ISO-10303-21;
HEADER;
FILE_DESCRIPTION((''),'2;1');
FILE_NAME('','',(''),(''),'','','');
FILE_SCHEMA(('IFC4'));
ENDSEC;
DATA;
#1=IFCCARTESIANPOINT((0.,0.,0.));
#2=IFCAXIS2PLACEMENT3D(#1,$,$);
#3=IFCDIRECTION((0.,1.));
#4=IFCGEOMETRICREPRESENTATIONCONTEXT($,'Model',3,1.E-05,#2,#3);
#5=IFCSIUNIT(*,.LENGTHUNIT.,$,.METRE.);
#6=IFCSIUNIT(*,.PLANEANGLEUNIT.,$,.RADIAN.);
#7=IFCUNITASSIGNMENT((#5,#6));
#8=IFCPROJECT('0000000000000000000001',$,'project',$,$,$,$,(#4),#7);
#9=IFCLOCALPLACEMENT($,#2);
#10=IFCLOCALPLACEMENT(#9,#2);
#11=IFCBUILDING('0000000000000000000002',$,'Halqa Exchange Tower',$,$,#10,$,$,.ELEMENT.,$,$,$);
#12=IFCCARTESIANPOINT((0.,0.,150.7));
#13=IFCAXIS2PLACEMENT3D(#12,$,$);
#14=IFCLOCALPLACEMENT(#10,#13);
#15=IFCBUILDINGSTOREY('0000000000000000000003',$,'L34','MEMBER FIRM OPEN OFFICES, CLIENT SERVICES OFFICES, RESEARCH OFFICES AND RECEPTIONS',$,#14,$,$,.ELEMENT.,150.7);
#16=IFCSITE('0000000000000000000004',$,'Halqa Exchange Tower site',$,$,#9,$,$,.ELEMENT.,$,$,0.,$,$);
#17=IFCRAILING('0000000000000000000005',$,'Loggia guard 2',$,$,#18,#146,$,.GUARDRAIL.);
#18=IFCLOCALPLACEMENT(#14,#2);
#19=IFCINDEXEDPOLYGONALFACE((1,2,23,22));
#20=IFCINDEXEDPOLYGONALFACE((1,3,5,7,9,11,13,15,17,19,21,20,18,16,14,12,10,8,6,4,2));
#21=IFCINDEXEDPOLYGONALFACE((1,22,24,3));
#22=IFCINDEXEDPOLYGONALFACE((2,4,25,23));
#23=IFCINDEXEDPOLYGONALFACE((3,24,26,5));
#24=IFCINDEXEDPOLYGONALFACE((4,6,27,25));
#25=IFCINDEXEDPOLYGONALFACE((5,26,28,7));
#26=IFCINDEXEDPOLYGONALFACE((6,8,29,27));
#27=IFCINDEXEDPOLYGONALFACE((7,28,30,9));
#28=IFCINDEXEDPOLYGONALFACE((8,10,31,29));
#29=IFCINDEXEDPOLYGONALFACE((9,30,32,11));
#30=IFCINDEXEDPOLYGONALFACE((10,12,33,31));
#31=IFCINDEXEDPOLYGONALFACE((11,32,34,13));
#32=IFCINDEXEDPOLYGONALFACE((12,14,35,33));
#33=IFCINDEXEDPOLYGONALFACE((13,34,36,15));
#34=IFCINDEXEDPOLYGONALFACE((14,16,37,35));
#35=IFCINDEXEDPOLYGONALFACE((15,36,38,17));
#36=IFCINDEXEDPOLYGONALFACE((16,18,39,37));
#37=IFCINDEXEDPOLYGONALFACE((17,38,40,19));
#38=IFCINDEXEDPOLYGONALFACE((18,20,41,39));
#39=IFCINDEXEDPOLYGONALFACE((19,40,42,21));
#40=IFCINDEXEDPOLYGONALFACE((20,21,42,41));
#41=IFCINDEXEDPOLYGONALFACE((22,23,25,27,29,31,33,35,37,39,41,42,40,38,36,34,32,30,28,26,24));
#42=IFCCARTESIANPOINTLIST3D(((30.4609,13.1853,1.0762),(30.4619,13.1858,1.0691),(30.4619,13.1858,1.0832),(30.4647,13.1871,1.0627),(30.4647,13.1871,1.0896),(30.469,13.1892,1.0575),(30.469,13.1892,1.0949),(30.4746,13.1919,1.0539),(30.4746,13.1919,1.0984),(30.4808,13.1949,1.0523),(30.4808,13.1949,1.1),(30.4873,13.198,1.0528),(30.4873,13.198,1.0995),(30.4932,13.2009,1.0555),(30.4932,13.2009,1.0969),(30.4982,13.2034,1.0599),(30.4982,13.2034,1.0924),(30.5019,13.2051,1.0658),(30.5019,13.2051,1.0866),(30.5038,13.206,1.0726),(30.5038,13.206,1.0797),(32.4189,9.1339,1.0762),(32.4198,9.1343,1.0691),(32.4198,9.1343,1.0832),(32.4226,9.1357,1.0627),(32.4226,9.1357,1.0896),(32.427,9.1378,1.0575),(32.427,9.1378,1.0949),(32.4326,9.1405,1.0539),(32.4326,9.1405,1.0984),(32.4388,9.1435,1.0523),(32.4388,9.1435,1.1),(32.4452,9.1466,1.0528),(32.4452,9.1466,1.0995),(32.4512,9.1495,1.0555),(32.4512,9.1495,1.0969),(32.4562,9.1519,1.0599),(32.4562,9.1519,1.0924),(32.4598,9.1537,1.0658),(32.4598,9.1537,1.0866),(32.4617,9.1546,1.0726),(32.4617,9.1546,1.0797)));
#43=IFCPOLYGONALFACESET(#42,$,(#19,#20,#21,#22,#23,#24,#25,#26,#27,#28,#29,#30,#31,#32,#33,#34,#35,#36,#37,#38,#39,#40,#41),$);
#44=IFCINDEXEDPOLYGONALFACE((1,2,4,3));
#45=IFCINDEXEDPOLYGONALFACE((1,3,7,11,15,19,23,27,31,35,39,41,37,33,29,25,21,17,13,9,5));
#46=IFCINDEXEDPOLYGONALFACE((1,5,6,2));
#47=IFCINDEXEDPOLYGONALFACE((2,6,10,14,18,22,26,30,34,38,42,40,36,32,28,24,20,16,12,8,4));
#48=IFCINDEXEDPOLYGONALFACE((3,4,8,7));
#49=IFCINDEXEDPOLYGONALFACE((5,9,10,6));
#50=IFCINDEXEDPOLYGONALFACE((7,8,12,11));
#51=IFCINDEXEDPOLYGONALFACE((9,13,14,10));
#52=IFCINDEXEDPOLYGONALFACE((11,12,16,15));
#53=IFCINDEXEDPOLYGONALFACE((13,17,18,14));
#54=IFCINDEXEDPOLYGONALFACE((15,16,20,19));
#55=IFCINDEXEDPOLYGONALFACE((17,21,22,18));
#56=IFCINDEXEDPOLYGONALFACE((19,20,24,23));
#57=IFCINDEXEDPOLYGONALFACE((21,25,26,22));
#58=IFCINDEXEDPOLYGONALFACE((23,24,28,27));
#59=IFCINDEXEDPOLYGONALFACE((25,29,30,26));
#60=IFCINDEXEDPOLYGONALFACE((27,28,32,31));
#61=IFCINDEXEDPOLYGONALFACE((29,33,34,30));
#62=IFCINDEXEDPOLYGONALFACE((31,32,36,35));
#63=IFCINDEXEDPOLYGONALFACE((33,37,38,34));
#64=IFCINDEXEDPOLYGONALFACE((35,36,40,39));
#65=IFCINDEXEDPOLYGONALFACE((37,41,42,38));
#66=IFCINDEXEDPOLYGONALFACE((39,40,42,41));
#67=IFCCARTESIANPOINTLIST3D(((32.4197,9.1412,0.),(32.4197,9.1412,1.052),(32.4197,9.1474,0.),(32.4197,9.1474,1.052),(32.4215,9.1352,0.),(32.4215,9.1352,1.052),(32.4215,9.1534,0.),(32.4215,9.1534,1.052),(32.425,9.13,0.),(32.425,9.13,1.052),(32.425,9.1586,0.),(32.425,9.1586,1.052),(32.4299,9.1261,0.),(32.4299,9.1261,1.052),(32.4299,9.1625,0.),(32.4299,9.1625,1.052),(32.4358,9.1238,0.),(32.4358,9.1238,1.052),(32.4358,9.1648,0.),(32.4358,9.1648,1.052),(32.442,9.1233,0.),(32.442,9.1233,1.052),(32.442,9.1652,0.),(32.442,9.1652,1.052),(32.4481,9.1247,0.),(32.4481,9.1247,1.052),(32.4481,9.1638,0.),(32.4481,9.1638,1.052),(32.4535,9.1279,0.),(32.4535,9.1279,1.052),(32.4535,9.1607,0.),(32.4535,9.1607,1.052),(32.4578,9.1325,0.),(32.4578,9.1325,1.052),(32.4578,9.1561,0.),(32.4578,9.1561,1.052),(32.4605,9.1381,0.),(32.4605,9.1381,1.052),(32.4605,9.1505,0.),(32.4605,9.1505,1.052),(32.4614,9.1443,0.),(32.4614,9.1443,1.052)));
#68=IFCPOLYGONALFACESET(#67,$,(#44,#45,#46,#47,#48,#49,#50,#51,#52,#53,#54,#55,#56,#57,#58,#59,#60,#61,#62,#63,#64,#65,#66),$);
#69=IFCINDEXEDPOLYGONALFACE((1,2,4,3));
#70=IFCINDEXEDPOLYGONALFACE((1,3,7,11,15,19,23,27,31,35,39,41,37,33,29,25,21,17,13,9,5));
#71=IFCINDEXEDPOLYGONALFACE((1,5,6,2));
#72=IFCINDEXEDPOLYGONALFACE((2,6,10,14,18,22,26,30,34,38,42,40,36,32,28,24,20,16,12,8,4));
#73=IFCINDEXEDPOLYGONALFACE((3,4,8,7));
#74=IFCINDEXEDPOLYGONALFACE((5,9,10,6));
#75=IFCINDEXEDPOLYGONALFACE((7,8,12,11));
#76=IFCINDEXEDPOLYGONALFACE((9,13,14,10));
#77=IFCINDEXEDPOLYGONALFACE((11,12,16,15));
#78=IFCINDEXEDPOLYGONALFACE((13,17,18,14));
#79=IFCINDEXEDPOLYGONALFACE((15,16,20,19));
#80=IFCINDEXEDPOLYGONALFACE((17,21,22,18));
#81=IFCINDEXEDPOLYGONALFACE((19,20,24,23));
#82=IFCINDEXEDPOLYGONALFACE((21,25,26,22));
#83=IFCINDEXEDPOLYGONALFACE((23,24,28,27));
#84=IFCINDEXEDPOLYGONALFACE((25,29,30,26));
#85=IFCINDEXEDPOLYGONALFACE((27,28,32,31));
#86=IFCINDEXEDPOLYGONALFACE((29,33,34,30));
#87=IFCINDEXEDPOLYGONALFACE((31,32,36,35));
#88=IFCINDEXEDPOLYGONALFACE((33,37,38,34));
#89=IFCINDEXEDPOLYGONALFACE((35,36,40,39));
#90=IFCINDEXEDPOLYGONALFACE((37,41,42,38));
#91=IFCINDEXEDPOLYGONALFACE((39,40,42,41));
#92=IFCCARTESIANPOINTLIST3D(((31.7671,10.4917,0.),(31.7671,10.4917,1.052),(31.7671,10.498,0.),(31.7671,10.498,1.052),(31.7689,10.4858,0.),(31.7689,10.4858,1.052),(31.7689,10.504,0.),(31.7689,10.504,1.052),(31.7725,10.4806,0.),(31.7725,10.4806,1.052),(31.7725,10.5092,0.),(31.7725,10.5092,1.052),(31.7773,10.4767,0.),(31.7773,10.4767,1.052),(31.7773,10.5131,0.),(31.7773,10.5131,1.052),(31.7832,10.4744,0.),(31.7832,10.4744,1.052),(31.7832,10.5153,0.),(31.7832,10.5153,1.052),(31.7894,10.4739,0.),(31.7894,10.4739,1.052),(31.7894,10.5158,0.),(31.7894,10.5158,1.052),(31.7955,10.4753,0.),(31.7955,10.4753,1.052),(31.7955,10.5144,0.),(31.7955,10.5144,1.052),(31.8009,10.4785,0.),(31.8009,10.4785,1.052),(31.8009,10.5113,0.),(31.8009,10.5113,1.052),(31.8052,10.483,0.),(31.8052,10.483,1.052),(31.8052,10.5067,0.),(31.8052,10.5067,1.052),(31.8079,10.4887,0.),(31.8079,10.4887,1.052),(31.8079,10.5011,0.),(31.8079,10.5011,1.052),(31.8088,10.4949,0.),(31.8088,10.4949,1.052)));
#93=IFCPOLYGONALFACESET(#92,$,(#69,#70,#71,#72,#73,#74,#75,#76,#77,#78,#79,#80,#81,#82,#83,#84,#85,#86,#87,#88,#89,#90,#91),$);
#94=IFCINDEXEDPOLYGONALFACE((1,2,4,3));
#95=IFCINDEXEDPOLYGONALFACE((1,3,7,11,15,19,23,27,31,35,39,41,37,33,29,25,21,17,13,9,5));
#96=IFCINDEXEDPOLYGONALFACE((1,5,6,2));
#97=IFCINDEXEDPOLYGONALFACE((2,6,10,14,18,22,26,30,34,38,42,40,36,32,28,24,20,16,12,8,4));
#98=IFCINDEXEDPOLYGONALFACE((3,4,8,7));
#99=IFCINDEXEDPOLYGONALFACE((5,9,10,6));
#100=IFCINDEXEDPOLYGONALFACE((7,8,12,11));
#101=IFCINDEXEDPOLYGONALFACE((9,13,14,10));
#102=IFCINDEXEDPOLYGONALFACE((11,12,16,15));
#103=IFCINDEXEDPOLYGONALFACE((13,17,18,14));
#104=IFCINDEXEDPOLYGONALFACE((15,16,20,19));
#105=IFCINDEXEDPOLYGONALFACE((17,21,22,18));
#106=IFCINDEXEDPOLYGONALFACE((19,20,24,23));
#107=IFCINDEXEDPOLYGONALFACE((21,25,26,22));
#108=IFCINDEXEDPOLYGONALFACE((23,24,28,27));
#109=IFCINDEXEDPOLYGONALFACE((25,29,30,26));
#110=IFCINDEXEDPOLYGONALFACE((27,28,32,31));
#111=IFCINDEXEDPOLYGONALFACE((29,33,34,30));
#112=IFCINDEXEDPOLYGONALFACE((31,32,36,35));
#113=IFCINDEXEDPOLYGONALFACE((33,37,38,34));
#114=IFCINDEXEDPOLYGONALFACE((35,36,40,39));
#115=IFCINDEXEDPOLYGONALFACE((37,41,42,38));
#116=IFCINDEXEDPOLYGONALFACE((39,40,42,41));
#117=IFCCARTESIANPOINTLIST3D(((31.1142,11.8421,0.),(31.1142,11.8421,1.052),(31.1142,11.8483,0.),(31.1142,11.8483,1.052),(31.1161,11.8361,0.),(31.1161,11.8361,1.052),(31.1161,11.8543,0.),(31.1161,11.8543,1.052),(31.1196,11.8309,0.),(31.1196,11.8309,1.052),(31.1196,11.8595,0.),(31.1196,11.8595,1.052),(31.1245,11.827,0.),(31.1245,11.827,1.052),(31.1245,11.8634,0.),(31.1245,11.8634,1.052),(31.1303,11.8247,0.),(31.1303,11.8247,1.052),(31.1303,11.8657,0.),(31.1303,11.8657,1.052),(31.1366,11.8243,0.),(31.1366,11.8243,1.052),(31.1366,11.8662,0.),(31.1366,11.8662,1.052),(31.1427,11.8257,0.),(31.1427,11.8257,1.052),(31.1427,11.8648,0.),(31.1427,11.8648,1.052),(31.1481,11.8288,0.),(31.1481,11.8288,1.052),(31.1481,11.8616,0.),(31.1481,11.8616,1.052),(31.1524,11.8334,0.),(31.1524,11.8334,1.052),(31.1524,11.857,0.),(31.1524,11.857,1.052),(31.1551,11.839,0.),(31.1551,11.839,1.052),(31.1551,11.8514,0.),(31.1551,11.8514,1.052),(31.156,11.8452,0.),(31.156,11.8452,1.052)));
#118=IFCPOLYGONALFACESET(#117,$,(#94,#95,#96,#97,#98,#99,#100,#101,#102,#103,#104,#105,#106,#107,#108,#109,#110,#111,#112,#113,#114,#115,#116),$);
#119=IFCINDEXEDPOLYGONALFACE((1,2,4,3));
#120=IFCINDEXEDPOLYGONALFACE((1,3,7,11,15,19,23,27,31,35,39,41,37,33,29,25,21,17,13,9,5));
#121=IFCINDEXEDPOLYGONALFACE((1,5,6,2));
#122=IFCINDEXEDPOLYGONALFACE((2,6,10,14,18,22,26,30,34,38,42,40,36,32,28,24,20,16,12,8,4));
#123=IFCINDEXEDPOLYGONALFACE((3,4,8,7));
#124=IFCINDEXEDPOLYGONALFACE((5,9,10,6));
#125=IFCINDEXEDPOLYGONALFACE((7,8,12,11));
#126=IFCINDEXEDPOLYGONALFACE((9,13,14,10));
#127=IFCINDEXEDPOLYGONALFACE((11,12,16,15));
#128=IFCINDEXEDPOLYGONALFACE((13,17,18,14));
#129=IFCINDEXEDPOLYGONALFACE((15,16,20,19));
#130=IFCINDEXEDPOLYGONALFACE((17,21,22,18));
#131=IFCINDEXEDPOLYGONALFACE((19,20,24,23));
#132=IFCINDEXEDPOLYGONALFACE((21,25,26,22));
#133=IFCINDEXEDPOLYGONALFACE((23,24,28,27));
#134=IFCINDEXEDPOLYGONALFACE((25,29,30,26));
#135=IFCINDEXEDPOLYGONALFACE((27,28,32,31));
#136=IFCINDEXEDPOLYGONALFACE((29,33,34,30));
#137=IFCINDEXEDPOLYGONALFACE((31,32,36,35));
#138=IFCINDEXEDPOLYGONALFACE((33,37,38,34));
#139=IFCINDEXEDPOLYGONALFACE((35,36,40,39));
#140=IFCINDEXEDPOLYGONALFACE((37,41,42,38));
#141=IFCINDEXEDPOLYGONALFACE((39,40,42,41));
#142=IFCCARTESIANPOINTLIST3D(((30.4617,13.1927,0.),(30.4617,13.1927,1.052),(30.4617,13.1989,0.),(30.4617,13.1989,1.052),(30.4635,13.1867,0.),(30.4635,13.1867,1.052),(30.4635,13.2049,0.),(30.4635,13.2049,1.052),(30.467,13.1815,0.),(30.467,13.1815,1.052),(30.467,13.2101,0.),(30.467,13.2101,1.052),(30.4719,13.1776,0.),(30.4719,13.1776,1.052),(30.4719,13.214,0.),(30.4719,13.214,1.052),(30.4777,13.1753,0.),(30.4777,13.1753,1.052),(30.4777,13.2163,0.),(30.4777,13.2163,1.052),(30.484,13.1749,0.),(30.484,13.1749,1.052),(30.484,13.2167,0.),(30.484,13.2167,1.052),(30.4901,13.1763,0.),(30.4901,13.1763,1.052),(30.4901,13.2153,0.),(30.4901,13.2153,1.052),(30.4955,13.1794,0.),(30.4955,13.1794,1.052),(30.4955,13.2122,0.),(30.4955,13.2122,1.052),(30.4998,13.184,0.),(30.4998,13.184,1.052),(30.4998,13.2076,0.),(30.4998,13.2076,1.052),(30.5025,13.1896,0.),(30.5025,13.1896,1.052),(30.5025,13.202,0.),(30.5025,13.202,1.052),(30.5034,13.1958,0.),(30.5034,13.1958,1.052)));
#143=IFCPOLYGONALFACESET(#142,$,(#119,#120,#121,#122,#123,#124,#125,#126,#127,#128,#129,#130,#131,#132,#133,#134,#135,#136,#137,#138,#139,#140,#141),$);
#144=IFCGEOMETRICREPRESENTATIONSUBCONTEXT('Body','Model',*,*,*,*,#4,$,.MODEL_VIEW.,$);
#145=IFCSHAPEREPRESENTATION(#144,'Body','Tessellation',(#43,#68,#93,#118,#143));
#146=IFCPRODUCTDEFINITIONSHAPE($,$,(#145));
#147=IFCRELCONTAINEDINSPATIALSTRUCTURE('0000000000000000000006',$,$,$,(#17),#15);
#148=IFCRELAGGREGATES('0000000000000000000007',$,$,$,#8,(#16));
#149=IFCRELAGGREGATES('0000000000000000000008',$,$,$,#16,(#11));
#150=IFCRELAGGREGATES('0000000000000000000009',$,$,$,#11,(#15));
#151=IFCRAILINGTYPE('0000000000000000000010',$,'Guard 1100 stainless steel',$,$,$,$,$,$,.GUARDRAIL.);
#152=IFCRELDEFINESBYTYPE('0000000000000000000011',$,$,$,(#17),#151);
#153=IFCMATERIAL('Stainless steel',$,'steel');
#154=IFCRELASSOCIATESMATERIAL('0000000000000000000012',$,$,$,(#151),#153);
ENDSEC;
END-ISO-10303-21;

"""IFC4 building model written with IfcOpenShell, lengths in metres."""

from ifc_helpers import new_model, si_unit, direction, frame, origin, origin_2d, place, context, subcontext, project, spatial, circle, extrude, material, type_object, element, save


model = new_model("IFC4")

# Units and contexts
model_context = context("Model", 3, precision=1e-05, world=origin(), true_north=direction((0.0, 1.0)))
body_context = subcontext(model_context, "Body", "Model", "MODEL_VIEW")
ifc_project = project(units=[si_unit("LENGTHUNIT", "METRE"), si_unit("PLANEANGLEUNIT", "RADIAN")], contexts=[model_context])

# Site, building, storey
site_placement = place(None, origin())
site = spatial("IfcSite", under=ifc_project, at=site_placement, Name="Halqa Exchange Tower site", CompositionType="ELEMENT", RefElevation=0.0)
building_placement = place(site_placement, origin())
building = spatial("IfcBuilding", under=site, at=building_placement, Name="Halqa Exchange Tower", CompositionType="ELEMENT")
storey_placement = place(building_placement, frame((0.0, 0.0, 150.7)))
storey = spatial("IfcBuildingStorey", under=building, at=storey_placement, Name="L34", Description="MEMBER FIRM OPEN OFFICES, CLIENT SERVICES OFFICES, RESEARCH OFFICES AND RECEPTIONS", CompositionType="ELEMENT", Elevation=150.7)

# Railing
ifc_material_1 = material(Name="Stainless steel", Category="steel")
railing_type = type_object("IfcRailingType", Name="Guard 1100 stainless steel", PredefinedType="GUARDRAIL", material=ifc_material_1)
railing_1_placement = place(storey_placement, frame((32.4404, 9.1443, 0.0)))
element("IfcRailing", 1, at=railing_1_placement, inside=storey, type_object=railing_type, Name="Loggia guard 2", PredefinedType="GUARDRAIL", context=body_context, shape_type="SweptSolid", body=[
    extrude(circle(Radius=0.0239, at=origin_2d()), frame((0.0, 0.0, 1.0762), z_axis=(-0.435128, 0.900368, 0.0), x_axis=(-0.900368, -0.435128, 0.0)), (0.0, 0.0, 1.0), 4.4998),
    extrude(circle(Radius=0.021, at=origin_2d()), origin(), (0.0, 0.0, 1.0), 1.052),
    extrude(circle(Radius=0.021, at=origin_2d()), frame((-0.6526, 1.3506, 0.0)), (0.0, 0.0, 1.0), 1.052),
    extrude(circle(Radius=0.021, at=origin_2d()), frame((-1.3054, 2.7009, 0.0)), (0.0, 0.0, 1.0), 1.052),
    extrude(circle(Radius=0.021, at=origin_2d()), frame((-1.958, 4.0515, 0.0)), (0.0, 0.0, 1.0), 1.052),
])

save(model, "model.ifc")
